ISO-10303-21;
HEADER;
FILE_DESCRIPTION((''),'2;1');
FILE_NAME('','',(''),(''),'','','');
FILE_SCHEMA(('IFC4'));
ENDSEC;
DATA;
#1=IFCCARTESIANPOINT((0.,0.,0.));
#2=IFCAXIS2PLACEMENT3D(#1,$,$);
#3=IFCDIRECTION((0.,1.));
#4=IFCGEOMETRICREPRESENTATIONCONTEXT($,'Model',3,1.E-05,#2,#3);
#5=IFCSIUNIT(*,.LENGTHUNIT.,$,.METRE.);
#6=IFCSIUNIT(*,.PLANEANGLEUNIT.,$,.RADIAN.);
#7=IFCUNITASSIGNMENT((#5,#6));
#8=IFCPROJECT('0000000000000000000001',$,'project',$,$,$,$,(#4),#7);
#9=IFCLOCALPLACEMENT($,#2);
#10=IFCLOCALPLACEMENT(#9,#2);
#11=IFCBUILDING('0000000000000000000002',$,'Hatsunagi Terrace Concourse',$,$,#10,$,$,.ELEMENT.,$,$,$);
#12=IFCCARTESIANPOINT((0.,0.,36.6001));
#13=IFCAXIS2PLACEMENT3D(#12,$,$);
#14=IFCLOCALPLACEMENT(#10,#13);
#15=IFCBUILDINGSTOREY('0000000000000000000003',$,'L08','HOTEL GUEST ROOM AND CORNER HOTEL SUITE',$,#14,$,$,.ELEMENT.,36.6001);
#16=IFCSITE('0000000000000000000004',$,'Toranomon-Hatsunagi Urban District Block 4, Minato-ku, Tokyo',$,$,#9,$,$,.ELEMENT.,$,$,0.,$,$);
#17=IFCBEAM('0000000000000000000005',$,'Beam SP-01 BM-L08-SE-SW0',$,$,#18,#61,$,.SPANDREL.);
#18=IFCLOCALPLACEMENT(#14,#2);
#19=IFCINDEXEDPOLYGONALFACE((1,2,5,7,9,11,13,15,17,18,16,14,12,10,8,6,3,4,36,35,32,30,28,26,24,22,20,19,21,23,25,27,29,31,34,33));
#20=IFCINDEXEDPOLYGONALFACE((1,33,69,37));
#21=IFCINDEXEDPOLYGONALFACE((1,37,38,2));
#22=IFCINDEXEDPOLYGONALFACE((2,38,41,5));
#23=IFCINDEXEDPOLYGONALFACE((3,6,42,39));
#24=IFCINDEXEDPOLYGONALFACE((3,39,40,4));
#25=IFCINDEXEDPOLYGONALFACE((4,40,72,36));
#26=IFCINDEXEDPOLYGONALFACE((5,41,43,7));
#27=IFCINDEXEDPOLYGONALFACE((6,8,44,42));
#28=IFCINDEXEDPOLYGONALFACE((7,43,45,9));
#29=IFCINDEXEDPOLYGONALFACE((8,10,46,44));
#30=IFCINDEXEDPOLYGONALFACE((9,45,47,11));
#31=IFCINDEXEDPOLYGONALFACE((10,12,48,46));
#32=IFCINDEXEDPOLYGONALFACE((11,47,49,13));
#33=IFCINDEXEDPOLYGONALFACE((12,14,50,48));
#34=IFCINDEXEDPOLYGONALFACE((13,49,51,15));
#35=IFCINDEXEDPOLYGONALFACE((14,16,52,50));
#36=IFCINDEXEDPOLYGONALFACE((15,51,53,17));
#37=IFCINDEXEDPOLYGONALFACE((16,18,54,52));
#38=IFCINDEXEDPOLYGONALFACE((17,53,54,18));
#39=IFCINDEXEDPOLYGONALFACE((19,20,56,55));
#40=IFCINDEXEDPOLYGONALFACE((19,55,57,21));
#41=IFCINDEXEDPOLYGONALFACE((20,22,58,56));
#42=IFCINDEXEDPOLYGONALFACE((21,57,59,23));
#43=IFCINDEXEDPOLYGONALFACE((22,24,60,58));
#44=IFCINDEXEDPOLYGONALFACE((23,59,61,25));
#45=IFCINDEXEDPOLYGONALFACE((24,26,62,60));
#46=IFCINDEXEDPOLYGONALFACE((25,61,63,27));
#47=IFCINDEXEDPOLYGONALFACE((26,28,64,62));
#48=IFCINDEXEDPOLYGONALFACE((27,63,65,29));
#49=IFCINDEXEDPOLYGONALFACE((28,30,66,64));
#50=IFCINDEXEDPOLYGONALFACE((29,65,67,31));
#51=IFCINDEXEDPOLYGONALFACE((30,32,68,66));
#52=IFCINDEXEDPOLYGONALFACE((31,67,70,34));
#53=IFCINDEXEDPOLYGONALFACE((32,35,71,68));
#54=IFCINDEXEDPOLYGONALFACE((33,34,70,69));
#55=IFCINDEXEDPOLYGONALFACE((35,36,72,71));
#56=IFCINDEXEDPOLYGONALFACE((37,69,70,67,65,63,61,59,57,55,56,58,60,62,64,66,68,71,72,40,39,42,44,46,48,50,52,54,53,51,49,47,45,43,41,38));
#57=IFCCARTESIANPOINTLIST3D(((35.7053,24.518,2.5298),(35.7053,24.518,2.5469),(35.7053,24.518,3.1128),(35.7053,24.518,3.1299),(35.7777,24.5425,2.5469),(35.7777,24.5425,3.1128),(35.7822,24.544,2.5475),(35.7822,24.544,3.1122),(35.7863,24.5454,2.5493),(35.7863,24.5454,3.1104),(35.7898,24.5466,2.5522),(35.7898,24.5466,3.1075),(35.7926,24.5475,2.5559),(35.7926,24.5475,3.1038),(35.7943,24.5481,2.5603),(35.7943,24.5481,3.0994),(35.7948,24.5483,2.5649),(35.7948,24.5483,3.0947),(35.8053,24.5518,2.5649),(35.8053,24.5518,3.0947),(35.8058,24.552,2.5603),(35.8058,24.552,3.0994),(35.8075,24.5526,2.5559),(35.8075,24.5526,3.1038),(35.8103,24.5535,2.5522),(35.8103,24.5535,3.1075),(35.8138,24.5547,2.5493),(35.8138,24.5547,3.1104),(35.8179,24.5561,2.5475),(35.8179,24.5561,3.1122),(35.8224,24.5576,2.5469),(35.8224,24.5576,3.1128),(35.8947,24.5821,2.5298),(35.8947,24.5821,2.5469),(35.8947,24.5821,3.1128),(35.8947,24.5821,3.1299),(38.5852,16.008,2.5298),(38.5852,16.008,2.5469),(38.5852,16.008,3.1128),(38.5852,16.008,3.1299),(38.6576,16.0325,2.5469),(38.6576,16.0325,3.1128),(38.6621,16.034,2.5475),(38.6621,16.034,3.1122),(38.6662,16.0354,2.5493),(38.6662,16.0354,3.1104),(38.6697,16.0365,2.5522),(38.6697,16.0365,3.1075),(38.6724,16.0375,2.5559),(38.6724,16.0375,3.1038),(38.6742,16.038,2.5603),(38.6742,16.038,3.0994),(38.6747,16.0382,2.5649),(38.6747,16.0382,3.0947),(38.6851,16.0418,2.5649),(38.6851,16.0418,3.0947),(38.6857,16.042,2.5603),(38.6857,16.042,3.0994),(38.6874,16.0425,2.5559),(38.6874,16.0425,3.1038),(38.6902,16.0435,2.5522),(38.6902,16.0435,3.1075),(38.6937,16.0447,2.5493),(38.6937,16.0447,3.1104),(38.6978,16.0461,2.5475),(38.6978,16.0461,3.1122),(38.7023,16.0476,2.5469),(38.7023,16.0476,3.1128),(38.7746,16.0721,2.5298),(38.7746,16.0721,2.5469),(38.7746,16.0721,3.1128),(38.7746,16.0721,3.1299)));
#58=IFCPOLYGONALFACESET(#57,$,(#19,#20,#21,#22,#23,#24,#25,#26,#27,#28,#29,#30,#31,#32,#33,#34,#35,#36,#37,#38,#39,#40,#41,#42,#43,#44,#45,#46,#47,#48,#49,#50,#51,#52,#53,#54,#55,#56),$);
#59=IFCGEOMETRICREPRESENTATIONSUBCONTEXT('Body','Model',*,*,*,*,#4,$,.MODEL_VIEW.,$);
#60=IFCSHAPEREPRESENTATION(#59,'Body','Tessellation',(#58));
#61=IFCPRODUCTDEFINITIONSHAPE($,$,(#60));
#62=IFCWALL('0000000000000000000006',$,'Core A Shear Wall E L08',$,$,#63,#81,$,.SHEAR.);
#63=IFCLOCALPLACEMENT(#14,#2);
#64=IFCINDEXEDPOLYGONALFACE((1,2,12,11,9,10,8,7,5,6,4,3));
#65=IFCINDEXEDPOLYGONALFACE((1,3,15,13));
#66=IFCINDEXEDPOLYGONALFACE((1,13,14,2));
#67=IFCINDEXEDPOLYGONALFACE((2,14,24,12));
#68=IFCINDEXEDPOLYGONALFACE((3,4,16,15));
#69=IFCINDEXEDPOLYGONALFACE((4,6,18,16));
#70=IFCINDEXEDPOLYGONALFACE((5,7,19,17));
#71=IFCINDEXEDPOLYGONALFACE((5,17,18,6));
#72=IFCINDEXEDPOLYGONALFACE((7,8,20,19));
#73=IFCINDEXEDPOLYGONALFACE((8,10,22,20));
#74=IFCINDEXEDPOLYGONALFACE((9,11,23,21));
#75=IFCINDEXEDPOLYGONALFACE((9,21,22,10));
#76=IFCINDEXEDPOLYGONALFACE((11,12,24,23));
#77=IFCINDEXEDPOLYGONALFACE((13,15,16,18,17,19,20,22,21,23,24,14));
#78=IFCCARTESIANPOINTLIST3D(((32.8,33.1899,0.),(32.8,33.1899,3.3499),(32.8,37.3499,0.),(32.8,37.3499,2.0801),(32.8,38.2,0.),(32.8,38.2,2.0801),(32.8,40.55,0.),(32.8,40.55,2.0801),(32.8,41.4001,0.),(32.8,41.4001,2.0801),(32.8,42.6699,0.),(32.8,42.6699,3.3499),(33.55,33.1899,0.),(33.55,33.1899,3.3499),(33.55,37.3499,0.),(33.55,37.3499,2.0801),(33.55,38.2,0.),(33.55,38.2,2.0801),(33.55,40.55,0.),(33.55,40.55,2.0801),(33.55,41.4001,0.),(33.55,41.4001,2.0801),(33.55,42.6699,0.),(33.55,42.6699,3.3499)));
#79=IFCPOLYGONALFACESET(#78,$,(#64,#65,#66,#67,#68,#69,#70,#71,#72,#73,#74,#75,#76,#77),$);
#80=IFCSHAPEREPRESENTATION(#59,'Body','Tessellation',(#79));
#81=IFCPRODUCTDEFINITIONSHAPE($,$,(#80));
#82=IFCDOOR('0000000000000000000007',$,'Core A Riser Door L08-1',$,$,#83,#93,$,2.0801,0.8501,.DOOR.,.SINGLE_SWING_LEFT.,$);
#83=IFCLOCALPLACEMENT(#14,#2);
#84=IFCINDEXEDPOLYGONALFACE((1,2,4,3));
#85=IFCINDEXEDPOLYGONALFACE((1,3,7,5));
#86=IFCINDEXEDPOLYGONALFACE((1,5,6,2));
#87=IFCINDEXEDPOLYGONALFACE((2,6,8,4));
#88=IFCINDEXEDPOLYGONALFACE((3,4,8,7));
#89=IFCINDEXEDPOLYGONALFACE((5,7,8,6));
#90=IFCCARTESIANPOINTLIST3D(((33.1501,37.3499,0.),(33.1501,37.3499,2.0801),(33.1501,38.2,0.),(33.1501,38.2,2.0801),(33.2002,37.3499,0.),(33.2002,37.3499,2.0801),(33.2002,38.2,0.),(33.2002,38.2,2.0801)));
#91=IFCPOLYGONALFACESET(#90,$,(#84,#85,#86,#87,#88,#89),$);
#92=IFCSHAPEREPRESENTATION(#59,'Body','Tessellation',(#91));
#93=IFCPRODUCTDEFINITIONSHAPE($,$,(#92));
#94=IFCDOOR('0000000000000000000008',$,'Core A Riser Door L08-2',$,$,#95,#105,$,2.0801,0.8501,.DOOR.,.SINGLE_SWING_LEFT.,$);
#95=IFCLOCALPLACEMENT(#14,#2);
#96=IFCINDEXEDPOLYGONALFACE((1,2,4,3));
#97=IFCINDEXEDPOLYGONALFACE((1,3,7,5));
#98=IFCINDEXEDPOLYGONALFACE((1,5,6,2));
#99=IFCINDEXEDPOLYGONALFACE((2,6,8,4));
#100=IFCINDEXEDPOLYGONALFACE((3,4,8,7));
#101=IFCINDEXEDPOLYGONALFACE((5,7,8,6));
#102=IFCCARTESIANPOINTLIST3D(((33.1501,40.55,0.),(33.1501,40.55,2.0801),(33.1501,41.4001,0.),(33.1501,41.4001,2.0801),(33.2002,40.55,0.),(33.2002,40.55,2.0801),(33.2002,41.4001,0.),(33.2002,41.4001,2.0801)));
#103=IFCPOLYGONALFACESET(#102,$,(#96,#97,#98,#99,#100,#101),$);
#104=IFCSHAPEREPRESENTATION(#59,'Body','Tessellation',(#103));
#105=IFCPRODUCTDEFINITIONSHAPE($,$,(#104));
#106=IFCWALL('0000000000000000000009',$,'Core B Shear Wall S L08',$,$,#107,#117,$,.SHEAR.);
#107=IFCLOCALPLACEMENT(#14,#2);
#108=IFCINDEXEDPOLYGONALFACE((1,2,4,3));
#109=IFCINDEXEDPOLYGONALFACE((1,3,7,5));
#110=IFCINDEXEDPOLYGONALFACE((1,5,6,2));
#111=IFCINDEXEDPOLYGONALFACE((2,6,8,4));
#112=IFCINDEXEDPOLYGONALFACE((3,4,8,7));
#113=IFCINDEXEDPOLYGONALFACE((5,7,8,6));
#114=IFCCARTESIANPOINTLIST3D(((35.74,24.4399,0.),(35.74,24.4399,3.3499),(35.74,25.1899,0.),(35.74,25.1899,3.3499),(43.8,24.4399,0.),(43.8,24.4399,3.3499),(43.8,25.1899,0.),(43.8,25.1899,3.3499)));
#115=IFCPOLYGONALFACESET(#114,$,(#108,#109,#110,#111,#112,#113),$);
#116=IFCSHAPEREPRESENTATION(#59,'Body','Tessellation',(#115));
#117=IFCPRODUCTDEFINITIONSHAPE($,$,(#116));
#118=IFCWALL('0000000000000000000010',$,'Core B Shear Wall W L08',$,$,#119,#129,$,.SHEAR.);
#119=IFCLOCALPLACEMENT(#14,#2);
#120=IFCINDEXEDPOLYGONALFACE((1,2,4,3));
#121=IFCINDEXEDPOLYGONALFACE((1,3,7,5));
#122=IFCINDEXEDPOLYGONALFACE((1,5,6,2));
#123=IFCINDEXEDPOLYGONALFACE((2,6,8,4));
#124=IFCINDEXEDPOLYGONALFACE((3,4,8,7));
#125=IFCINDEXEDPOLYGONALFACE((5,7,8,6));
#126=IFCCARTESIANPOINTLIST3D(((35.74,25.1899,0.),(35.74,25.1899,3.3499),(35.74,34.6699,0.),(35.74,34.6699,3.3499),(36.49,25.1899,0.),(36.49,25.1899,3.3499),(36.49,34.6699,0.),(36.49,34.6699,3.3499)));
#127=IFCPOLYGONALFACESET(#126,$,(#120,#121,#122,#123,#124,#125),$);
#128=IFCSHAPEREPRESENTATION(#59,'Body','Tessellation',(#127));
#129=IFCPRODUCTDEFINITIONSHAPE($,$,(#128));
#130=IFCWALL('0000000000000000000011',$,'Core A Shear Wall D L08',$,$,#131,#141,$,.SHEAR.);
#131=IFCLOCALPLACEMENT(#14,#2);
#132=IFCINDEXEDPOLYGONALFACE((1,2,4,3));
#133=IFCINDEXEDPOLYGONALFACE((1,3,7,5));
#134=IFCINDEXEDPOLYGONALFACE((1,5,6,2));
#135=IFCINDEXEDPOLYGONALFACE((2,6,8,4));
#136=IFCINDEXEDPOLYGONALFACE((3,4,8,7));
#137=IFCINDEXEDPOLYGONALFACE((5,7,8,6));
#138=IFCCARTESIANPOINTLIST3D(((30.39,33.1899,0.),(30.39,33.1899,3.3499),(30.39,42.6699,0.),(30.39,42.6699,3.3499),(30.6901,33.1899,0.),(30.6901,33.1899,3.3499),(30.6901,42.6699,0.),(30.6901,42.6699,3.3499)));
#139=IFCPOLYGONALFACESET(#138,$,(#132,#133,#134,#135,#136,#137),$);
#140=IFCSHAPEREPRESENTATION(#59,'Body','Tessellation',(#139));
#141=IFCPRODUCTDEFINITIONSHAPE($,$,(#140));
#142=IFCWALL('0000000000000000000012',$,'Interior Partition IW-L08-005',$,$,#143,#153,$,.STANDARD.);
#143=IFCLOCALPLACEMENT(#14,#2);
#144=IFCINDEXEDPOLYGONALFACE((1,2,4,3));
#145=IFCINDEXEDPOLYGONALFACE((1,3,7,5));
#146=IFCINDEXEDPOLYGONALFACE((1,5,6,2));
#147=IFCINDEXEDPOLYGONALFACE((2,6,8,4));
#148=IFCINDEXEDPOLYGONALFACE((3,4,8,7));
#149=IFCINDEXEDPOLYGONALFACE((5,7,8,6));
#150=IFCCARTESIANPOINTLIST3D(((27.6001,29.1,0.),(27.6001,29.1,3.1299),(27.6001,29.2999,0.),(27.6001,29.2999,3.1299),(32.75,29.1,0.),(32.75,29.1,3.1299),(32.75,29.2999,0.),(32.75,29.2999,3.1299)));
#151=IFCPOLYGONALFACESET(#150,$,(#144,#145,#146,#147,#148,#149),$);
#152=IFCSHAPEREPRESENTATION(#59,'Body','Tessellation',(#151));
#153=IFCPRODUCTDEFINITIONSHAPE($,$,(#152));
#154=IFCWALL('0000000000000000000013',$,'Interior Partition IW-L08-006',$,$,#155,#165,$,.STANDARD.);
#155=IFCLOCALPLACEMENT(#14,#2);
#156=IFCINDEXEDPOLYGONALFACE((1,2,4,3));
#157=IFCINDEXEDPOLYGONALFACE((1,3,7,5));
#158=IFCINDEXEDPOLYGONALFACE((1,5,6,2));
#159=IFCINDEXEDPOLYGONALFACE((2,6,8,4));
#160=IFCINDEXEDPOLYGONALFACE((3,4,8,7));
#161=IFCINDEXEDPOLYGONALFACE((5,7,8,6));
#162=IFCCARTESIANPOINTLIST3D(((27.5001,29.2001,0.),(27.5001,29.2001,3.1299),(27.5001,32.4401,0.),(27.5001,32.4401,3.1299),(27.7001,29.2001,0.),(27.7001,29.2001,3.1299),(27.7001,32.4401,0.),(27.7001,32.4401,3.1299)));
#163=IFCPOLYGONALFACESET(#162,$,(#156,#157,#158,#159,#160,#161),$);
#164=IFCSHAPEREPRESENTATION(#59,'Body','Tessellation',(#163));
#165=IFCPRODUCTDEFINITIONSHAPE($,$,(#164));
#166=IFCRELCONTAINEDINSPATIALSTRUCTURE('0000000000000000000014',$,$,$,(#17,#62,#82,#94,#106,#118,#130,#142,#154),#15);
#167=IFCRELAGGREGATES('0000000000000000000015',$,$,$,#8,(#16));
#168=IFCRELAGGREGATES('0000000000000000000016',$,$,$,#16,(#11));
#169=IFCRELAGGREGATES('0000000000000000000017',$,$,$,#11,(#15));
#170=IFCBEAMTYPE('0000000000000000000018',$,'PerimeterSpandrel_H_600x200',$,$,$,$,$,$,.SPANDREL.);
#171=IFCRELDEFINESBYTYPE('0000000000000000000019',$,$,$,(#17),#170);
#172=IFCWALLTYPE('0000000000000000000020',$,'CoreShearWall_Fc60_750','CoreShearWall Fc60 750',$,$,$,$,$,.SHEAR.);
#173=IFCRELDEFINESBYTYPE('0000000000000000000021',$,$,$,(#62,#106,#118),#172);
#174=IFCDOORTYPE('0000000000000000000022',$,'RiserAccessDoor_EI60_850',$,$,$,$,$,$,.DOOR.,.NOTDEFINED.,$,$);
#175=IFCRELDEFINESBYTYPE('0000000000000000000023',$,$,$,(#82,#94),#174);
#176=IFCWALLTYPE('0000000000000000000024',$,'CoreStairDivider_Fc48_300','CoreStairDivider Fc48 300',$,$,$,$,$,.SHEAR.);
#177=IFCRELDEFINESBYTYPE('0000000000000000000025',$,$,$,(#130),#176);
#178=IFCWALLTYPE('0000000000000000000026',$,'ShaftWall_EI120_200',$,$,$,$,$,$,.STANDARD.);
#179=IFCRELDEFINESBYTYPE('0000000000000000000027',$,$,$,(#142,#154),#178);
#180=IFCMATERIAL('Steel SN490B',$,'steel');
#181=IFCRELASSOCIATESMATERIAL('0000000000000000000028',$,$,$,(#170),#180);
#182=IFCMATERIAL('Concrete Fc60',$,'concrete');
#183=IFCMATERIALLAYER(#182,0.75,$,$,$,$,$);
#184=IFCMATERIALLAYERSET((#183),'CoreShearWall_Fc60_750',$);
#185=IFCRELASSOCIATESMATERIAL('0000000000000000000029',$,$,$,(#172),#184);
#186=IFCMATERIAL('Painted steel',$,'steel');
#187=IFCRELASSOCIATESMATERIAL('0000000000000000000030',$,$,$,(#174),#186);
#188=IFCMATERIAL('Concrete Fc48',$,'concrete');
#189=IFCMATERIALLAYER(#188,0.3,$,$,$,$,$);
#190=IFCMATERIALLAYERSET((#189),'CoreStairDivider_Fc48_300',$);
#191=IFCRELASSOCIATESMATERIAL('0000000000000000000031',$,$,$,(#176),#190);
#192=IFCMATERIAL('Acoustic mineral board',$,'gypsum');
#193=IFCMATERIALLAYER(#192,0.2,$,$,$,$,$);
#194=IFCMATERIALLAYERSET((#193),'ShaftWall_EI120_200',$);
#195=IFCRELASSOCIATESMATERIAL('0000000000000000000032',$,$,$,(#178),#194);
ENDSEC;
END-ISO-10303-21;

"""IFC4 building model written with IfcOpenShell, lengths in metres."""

from ifc_helpers import new_model, si_unit, direction, frame, frame_2d, origin, origin_2d, place, context, subcontext, project, spatial, rectangle, i_section, extrude, material, layer, layer_set, material_profile, profile_set, type_object, element, fill, save


model = new_model("IFC4")

# Units and contexts
model_context = context("Model", 3, precision=1e-05, world=origin(), true_north=direction((0.0, 1.0)))
body_context = subcontext(model_context, "Body", "Model", "MODEL_VIEW")
ifc_project = project(units=[si_unit("LENGTHUNIT", "METRE"), si_unit("PLANEANGLEUNIT", "RADIAN")], contexts=[model_context])

# Site, building, storey
site_placement = place(None, origin())
site = spatial("IfcSite", under=ifc_project, at=site_placement, Name="Toranomon-Hatsunagi Urban District Block 4, Minato-ku, Tokyo", CompositionType="ELEMENT", RefElevation=0.0)
building_placement = place(site_placement, origin())
building = spatial("IfcBuilding", under=site, at=building_placement, Name="Hatsunagi Terrace Concourse", CompositionType="ELEMENT")
storey_placement = place(building_placement, frame((0.0, 0.0, 36.6001)))
storey = spatial("IfcBuildingStorey", under=building, at=storey_placement, Name="L08", Description="HOTEL GUEST ROOM AND CORNER HOTEL SUITE", CompositionType="ELEMENT", Elevation=36.6001)

# Beam
ifc_material_1 = material(Name="Steel SN490B", Category="steel")
ifc_material_profile_1 = material_profile(ifc_material_1, i_section(OverallWidth=0.2, OverallDepth=0.6001, WebThickness=0.011, FlangeThickness=0.0171, FilletRadius=0.0181, at=origin_2d()), Name="H-600x200x11x17")
ifc_profile_set_1 = profile_set([ifc_material_profile_1], Name="Steel SN490B")
beam_type_1 = type_object("IfcBeamType", Name="PerimeterSpandrel_H_600x200", PredefinedType="SPANDREL", material=ifc_profile_set_1)
beam_1_placement = place(storey_placement, frame((35.8, 24.55, 2.8298), z_axis=(0.320553, -0.94723, 0.0), x_axis=(0.94723, 0.320553, 0.0)))
element("IfcBeam", 1, at=beam_1_placement, inside=storey, type_object=beam_type_1, Name="Beam SP-01 BM-L08-SE-SW0", PredefinedType="SPANDREL", context=body_context, shape_type="SweptSolid", body=[
    extrude(i_section(OverallWidth=0.2, OverallDepth=0.6001, WebThickness=0.011, FlangeThickness=0.0171, FilletRadius=0.0181, at=origin_2d()), origin(), (0.0, 0.0, 1.0), 8.9841),
])

# Wall, openings, doors
ifc_material_2 = material(Name="Concrete Fc60", Category="concrete")
ifc_layer_1 = layer(ifc_material_2, 0.75)
ifc_layer_set_1 = layer_set([ifc_layer_1], Name="CoreShearWall_Fc60_750")
wall_type_1 = type_object("IfcWallType", Name="CoreShearWall_Fc60_750", Description="CoreShearWall Fc60 750", PredefinedType="SHEAR", material=ifc_layer_set_1)
wall_1_placement = place(storey_placement, frame((33.175, 33.1899, 0.0), z_axis=(0.0, 0.0, 1.0), x_axis=(0.0, 1.0, 0.0)))
wall_1 = element("IfcWall", 2, at=wall_1_placement, inside=storey, type_object=wall_type_1, Name="Core A Shear Wall E L08", PredefinedType="SHEAR", context=body_context, shape_type="SweptSolid", body=[
    extrude(rectangle(XDim=9.48, YDim=0.75, at=frame_2d((4.74, 0.0))), origin(), (0.0, 0.0, 1.0), 3.3499),
])
opening_1_placement = place(wall_1_placement, frame((4.1599, 0.0, 0.0)))
opening_1 = element("IfcOpeningElement", 3, at=opening_1_placement, cuts=wall_1, PredefinedType="OPENING", context=body_context, shape_type="SweptSolid", body=[
    extrude(rectangle(XDim=0.8501, YDim=2.0801, at=frame_2d((0.425, 1.04))), frame((0.0, 0.385, 0.0), z_axis=(0.0, -1.0, 0.0), x_axis=(1.0, 0.0, 0.0)), (0.0, 0.0, 1.0), 0.77),
])
opening_2_placement = place(wall_1_placement, frame((7.3601, 0.0, 0.0)))
opening_2 = element("IfcOpeningElement", 4, at=opening_2_placement, cuts=wall_1, PredefinedType="OPENING", context=body_context, shape_type="SweptSolid", body=[
    extrude(rectangle(XDim=0.8501, YDim=2.0801, at=frame_2d((0.425, 1.04))), frame((0.0, 0.385, 0.0), z_axis=(0.0, -1.0, 0.0), x_axis=(1.0, 0.0, 0.0)), (0.0, 0.0, 1.0), 0.77),
])
ifc_material_3 = material(Name="Painted steel", Category="steel")
door_type_1 = type_object("IfcDoorType", Name="RiserAccessDoor_EI60_850", OperationType="NOTDEFINED", PredefinedType="DOOR", material=ifc_material_3)
door_1_placement = place(opening_1_placement, origin())
door_1 = element("IfcDoor", 5, at=door_1_placement, inside=storey, type_object=door_type_1, Name="Core A Riser Door L08-1", OperationType="SINGLE_SWING_LEFT", OverallHeight=2.0801, OverallWidth=0.8501, PredefinedType="DOOR", context=body_context, shape_type="SweptSolid", body=[
    extrude(rectangle(XDim=0.8501, YDim=2.0801, at=frame_2d((0.425, 1.04))), frame((0.0, 0.0249, 0.0), z_axis=(0.0, -1.0, 0.0), x_axis=(1.0, 0.0, 0.0)), (0.0, 0.0, 1.0), 0.05),
])
fill(opening_1, door_1)
door_2_placement = place(opening_2_placement, origin())
door_2 = element("IfcDoor", 6, at=door_2_placement, inside=storey, type_object=door_type_1, Name="Core A Riser Door L08-2", OperationType="SINGLE_SWING_LEFT", OverallHeight=2.0801, OverallWidth=0.8501, PredefinedType="DOOR", context=body_context, shape_type="SweptSolid", body=[
    extrude(rectangle(XDim=0.8501, YDim=2.0801, at=frame_2d((0.425, 1.04))), frame((0.0, 0.0249, 0.0), z_axis=(0.0, -1.0, 0.0), x_axis=(1.0, 0.0, 0.0)), (0.0, 0.0, 1.0), 0.05),
])
fill(opening_2, door_2)

# Wall
wall_2_placement = place(storey_placement, frame((35.74, 24.8149, 0.0), z_axis=(0.0, 0.0, 1.0), x_axis=(1.0, 0.0, 0.0)))
element("IfcWall", 7, at=wall_2_placement, inside=storey, type_object=wall_type_1, Name="Core B Shear Wall S L08", PredefinedType="SHEAR", context=body_context, shape_type="SweptSolid", body=[
    extrude(rectangle(XDim=8.0601, YDim=0.75, at=frame_2d((4.03, 0.0))), origin(), (0.0, 0.0, 1.0), 3.3499),
])

# Walls
wall_3_placement = place(storey_placement, frame((36.115, 25.1899, 0.0), z_axis=(0.0, 0.0, 1.0), x_axis=(0.0, 1.0, 0.0)))
element("IfcWall", 8, at=wall_3_placement, inside=storey, type_object=wall_type_1, Name="Core B Shear Wall W L08", PredefinedType="SHEAR", context=body_context, shape_type="SweptSolid", body=[
    extrude(rectangle(XDim=9.48, YDim=0.75, at=frame_2d((4.74, 0.0))), origin(), (0.0, 0.0, 1.0), 3.3499),
])
ifc_material_4 = material(Name="Concrete Fc48", Category="concrete")
ifc_layer_2 = layer(ifc_material_4, 0.3)
ifc_layer_set_2 = layer_set([ifc_layer_2], Name="CoreStairDivider_Fc48_300")
wall_type_2 = type_object("IfcWallType", Name="CoreStairDivider_Fc48_300", Description="CoreStairDivider Fc48 300", PredefinedType="SHEAR", material=ifc_layer_set_2)
wall_4_placement = place(storey_placement, frame((30.54, 33.1899, 0.0), z_axis=(0.0, 0.0, 1.0), x_axis=(0.0, 1.0, 0.0)))
element("IfcWall", 9, at=wall_4_placement, inside=storey, type_object=wall_type_2, Name="Core A Shear Wall D L08", PredefinedType="SHEAR", context=body_context, shape_type="SweptSolid", body=[
    extrude(rectangle(XDim=9.48, YDim=0.3, at=frame_2d((4.74, 0.0))), origin(), (0.0, 0.0, 1.0), 3.3499),
])
ifc_material_5 = material(Name="Acoustic mineral board", Category="gypsum")
ifc_layer_3 = layer(ifc_material_5, 0.2)
ifc_layer_set_3 = layer_set([ifc_layer_3], Name="ShaftWall_EI120_200")
wall_type_3 = type_object("IfcWallType", Name="ShaftWall_EI120_200", PredefinedType="STANDARD", material=ifc_layer_set_3)
wall_5_placement = place(storey_placement, frame((27.6001, 29.2, 0.0), z_axis=(0.0, 0.0, 1.0), x_axis=(1.0, 0.0, 0.0)))
element("IfcWall", 10, at=wall_5_placement, inside=storey, type_object=wall_type_3, Name="Interior Partition IW-L08-005", PredefinedType="STANDARD", context=body_context, shape_type="SweptSolid", body=[
    extrude(rectangle(XDim=5.1499, YDim=0.2, at=frame_2d((2.575, 0.0))), origin(), (0.0, 0.0, 1.0), 3.1299),
])
wall_6_placement = place(storey_placement, frame((27.6001, 29.2, 0.0), z_axis=(0.0, 0.0, 1.0), x_axis=(0.0, 1.0, 0.0)))
element("IfcWall", 11, at=wall_6_placement, inside=storey, type_object=wall_type_3, Name="Interior Partition IW-L08-006", PredefinedType="STANDARD", context=body_context, shape_type="SweptSolid", body=[
    extrude(rectangle(XDim=3.24, YDim=0.2, at=frame_2d((1.6201, 0.0))), origin(), (0.0, 0.0, 1.0), 3.1299),
])

save(model, "model.ifc")
